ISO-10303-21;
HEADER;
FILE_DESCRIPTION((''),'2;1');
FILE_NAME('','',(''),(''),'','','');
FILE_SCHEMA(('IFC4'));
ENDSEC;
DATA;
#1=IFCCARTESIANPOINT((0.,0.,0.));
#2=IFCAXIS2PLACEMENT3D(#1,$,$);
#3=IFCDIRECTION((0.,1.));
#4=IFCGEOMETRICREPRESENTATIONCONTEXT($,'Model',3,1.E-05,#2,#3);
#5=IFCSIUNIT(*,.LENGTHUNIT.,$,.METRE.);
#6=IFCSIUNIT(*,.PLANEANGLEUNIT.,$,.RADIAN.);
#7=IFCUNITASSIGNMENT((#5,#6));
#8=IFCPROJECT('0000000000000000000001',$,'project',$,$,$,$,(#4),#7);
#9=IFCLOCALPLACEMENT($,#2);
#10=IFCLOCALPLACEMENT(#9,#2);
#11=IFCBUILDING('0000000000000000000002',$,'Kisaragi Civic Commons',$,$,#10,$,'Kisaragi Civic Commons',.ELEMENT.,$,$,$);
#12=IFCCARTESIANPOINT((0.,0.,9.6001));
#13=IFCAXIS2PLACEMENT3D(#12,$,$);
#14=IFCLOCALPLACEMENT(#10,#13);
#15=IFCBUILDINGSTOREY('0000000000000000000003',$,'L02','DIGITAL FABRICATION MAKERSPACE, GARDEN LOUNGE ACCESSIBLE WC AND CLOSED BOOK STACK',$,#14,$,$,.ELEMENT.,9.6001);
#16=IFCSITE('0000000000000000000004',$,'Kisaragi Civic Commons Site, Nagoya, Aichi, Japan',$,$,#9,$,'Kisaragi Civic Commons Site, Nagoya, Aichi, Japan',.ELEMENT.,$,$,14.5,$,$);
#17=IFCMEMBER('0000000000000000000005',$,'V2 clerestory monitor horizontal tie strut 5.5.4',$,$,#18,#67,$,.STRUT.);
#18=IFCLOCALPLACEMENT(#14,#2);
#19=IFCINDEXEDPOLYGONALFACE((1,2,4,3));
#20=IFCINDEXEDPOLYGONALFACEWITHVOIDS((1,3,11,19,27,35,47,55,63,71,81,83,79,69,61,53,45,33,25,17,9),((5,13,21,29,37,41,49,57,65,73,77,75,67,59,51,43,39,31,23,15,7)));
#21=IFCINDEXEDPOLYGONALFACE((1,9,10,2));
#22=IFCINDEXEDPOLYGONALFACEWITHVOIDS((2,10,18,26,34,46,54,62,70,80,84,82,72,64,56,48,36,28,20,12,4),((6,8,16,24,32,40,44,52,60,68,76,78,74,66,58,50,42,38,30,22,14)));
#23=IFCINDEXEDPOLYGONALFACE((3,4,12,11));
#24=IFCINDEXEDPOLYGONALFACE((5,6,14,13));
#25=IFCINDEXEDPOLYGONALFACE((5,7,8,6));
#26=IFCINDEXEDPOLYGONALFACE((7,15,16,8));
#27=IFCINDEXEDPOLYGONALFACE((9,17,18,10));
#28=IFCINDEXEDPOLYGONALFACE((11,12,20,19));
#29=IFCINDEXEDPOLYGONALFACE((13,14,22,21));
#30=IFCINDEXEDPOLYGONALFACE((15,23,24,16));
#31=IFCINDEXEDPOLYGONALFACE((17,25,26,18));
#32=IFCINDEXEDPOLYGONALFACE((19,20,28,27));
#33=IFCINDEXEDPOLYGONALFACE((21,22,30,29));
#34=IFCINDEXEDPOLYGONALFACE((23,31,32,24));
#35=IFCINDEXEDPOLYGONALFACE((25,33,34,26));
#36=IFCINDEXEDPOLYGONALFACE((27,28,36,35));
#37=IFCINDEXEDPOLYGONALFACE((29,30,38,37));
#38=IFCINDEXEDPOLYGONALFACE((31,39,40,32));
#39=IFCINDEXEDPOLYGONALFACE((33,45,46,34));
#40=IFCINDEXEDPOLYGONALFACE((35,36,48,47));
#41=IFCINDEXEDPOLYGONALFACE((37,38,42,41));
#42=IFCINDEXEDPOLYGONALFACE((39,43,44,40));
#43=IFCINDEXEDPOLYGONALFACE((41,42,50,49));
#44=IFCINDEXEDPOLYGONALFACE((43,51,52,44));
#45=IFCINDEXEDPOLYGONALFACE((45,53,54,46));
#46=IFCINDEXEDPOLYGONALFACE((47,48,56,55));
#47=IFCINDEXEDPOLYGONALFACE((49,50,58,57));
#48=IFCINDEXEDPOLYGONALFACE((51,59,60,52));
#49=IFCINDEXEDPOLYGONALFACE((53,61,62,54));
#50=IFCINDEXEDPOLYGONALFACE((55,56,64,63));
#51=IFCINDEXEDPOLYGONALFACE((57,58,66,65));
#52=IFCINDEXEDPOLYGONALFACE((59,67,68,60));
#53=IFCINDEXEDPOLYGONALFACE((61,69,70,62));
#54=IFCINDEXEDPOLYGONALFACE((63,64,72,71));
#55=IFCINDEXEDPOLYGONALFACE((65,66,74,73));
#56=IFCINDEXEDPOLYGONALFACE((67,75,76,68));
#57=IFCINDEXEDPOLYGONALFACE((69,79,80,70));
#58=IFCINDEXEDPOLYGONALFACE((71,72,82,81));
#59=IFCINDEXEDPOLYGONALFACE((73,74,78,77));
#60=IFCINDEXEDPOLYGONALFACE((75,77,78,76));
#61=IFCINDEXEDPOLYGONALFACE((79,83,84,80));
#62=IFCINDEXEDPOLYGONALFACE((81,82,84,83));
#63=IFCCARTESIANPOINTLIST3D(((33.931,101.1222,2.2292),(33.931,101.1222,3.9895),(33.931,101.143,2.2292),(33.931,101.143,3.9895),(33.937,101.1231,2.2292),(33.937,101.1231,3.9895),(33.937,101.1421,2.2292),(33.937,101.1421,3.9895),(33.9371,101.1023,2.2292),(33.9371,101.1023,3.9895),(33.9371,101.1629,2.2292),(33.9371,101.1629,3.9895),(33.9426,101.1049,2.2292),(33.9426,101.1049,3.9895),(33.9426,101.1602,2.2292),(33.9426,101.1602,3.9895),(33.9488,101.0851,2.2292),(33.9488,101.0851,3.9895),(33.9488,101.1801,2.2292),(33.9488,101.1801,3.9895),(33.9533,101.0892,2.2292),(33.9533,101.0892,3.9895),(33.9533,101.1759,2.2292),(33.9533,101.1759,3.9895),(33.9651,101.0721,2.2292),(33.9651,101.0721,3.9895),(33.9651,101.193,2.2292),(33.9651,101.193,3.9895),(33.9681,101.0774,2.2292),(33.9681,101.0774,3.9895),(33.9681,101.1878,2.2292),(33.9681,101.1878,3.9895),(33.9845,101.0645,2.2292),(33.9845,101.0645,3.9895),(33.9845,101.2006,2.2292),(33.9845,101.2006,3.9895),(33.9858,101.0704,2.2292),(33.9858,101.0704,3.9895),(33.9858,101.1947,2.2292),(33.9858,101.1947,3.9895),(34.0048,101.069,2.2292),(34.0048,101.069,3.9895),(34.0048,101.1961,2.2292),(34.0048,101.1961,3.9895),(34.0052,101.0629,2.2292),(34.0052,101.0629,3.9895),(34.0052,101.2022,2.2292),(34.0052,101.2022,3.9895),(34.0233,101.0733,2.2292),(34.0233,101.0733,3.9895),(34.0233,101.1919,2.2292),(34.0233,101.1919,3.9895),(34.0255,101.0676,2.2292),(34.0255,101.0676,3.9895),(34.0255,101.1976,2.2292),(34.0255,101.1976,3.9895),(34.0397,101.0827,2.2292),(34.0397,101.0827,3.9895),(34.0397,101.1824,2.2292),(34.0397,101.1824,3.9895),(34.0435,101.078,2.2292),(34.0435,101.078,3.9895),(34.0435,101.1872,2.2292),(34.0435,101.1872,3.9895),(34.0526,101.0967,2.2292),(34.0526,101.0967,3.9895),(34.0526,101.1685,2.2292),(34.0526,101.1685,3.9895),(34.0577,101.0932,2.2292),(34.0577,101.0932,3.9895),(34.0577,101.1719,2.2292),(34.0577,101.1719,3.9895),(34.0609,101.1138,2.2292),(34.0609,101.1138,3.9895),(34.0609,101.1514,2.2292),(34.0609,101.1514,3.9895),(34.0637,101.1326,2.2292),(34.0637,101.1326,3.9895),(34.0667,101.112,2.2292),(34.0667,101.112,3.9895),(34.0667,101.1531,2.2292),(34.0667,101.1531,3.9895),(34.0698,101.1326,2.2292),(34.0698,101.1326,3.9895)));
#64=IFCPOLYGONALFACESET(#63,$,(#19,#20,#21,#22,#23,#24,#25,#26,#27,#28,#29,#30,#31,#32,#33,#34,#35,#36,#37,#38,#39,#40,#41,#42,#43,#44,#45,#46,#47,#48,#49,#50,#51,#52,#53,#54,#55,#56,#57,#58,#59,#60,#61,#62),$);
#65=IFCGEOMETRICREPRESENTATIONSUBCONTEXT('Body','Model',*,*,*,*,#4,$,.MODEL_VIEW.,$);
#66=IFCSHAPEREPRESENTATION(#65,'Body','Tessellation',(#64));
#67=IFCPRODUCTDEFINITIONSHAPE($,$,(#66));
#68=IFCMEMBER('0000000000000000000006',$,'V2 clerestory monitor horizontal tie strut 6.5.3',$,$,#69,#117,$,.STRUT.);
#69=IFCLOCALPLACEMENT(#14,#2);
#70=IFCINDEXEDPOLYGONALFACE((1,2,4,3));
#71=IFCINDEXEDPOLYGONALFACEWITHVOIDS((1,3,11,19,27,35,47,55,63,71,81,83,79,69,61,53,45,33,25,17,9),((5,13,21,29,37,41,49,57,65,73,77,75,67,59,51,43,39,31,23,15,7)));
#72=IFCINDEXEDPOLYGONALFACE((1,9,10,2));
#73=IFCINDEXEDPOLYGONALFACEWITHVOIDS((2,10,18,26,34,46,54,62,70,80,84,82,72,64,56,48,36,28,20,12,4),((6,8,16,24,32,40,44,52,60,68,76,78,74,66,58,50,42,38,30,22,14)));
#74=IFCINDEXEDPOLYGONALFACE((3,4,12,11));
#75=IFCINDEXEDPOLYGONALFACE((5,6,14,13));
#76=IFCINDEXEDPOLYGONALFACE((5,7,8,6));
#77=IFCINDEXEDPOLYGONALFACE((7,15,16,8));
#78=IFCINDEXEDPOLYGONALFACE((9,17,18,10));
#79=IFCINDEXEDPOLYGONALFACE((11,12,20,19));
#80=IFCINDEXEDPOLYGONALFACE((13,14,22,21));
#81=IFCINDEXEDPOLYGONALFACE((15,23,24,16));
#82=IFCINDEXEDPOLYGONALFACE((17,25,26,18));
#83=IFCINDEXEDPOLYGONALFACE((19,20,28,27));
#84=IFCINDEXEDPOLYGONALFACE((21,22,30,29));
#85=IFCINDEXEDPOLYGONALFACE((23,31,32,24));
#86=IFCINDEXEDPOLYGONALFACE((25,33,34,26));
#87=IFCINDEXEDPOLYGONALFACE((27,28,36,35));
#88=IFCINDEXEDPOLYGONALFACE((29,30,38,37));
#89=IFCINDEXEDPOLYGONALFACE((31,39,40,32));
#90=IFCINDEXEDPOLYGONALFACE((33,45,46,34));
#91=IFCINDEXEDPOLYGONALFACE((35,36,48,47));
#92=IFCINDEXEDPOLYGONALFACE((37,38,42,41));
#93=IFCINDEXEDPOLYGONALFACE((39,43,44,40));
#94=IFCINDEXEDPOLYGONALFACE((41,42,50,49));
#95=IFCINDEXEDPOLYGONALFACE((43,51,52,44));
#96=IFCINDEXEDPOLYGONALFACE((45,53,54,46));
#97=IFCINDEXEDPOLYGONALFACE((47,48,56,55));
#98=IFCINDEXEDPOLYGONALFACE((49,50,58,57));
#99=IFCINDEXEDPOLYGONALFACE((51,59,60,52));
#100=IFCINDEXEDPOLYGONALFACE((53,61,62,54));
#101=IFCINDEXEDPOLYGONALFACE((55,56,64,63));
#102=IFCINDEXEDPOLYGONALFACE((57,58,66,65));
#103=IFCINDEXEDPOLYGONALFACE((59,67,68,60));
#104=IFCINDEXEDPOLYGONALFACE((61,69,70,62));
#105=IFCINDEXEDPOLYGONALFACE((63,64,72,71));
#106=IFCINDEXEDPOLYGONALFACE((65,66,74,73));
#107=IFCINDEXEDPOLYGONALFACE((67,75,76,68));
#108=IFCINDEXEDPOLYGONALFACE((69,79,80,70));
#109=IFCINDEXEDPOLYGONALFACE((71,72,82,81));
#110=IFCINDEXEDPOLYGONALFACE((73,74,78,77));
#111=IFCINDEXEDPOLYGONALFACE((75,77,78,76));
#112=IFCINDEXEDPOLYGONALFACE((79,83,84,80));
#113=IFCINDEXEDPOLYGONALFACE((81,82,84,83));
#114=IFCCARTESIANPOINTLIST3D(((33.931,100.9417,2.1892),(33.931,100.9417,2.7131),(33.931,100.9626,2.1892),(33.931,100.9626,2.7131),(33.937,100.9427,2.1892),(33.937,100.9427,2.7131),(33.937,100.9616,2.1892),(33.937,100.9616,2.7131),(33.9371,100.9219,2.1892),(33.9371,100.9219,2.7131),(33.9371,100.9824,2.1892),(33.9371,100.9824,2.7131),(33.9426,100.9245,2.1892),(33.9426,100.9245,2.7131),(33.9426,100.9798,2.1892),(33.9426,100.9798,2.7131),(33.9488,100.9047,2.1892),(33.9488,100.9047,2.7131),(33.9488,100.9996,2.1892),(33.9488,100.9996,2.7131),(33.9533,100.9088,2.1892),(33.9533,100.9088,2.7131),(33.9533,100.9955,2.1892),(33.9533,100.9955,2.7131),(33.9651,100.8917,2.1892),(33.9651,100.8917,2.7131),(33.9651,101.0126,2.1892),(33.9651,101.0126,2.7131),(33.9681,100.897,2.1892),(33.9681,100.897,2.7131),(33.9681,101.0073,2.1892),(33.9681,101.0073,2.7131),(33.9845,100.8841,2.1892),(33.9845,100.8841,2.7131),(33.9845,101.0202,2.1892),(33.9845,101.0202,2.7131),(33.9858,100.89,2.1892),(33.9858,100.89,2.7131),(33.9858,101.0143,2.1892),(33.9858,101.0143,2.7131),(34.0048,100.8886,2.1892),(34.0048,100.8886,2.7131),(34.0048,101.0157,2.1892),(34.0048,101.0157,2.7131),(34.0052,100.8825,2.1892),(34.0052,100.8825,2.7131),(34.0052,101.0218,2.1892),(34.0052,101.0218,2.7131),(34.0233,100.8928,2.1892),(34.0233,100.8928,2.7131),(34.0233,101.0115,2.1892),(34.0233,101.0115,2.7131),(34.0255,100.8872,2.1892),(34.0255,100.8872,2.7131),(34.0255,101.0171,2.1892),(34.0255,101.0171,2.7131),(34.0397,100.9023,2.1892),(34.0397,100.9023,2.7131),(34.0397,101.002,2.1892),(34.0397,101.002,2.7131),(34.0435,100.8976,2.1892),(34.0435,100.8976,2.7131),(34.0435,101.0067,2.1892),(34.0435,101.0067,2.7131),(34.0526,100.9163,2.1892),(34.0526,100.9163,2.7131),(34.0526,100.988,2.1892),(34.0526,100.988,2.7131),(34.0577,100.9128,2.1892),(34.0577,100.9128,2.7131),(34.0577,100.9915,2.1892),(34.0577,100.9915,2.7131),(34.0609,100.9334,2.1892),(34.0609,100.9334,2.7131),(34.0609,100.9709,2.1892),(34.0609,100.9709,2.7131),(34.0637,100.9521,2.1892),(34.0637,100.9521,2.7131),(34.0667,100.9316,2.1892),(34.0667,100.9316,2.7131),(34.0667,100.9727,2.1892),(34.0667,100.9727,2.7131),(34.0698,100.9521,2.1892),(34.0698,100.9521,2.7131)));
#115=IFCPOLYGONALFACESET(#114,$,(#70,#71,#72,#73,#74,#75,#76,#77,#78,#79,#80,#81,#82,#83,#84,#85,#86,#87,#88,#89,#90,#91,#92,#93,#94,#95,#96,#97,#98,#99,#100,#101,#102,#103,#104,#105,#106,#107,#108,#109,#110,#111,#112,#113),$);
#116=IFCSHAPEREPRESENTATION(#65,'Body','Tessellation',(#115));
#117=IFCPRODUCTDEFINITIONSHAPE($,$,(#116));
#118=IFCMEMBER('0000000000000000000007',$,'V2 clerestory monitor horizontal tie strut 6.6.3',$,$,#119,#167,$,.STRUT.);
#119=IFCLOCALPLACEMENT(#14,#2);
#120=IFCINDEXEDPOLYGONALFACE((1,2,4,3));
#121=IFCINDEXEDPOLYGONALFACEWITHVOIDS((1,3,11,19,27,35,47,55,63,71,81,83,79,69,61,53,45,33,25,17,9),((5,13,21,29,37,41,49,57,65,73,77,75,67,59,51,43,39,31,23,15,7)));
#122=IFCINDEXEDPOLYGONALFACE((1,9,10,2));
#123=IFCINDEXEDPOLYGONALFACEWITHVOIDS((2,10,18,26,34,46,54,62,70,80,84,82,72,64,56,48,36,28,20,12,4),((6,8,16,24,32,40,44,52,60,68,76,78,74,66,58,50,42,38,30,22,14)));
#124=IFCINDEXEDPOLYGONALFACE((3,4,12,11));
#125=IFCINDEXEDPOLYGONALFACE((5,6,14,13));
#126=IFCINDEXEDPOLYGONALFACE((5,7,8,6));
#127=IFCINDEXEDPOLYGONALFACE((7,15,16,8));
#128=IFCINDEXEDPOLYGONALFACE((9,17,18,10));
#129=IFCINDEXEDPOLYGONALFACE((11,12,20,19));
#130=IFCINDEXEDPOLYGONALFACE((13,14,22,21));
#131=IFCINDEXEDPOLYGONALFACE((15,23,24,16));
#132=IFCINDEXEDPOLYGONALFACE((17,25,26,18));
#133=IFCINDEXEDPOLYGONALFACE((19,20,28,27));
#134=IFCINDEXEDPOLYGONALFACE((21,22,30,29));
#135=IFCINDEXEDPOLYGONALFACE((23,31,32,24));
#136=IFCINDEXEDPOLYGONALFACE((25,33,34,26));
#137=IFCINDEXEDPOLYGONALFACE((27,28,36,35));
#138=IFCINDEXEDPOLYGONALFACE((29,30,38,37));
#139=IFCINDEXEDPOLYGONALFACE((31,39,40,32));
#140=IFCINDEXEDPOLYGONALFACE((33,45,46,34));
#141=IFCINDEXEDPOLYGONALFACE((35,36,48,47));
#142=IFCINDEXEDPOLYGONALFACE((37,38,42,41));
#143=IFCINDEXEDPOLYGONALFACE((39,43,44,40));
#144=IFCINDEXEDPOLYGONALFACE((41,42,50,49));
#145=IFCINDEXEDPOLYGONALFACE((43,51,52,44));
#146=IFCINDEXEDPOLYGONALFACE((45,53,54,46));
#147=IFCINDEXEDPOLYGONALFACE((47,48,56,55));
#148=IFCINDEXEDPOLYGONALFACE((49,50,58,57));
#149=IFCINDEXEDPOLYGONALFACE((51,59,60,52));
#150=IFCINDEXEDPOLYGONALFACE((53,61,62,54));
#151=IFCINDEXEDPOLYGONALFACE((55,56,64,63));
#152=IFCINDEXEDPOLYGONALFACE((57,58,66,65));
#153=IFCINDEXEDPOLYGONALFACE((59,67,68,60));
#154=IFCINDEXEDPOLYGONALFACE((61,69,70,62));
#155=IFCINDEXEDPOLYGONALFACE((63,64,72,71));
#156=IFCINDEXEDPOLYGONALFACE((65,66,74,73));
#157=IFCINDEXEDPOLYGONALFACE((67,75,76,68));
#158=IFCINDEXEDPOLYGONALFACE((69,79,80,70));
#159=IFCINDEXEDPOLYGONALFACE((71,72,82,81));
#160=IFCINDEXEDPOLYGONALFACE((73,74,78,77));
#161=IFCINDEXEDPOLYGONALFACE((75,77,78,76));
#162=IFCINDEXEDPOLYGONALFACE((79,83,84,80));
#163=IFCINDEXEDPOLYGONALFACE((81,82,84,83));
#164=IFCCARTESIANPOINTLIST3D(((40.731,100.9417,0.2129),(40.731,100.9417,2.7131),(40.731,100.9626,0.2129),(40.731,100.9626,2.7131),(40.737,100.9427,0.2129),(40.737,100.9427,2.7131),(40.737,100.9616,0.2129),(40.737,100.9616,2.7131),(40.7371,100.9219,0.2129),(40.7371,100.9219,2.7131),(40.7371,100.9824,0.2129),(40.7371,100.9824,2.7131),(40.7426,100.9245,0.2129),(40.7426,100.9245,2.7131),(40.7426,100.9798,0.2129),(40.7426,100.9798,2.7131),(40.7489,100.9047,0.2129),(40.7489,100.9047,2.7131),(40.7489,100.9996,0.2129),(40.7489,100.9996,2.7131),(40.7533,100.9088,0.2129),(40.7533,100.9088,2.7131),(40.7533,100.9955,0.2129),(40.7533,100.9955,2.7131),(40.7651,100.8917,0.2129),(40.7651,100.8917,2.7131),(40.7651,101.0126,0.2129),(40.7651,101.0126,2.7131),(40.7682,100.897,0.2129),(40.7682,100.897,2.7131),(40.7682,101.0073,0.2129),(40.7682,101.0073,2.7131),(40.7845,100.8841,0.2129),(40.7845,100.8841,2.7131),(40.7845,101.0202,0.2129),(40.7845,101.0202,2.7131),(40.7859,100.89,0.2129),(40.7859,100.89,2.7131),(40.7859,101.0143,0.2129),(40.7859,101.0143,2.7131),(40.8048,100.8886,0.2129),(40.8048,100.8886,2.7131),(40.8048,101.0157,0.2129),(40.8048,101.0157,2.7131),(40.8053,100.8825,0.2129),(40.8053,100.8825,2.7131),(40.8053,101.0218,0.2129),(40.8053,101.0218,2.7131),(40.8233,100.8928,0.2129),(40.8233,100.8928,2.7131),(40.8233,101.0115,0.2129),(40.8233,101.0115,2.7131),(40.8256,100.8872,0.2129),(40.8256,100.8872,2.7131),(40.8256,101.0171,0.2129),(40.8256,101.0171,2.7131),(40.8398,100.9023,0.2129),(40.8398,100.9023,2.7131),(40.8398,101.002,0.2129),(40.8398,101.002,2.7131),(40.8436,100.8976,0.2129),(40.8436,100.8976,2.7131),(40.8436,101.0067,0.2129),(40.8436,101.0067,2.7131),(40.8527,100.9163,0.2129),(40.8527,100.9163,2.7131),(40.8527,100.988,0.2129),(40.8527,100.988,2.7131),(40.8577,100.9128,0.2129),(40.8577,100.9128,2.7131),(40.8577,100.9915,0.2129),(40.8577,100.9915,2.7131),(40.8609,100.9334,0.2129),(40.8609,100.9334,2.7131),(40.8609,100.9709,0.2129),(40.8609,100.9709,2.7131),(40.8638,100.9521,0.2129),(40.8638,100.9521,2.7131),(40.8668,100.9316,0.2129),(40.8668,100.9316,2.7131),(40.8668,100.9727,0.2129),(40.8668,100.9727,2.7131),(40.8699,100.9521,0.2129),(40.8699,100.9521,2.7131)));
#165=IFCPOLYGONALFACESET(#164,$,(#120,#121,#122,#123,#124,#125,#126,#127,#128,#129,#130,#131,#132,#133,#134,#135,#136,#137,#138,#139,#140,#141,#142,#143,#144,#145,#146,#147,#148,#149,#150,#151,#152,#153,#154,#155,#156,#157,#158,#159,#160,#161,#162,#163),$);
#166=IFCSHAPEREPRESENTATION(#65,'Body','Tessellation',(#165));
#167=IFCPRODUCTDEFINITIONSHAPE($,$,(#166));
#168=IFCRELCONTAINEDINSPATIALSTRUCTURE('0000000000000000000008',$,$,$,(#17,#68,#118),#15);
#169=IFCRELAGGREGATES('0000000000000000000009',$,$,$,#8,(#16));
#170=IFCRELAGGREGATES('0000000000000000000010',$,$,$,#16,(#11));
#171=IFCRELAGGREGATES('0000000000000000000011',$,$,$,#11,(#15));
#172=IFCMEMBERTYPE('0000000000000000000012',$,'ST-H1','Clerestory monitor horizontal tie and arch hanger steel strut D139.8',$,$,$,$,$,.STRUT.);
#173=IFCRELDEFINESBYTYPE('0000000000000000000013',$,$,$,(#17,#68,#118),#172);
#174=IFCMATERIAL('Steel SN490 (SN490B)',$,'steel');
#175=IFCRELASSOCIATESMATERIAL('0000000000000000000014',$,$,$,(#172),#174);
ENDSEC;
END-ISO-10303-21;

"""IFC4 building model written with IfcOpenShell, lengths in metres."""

from ifc_helpers import new_model, si_unit, direction, frame, origin, origin_2d, place, context, subcontext, project, spatial, hollow_circle, extrude, material, material_profile, profile_set, type_object, element, save


model = new_model("IFC4")

# Units and contexts
model_context = context("Model", 3, precision=1e-05, world=origin(), true_north=direction((0.0, 1.0)))
body_context = subcontext(model_context, "Body", "Model", "MODEL_VIEW")
ifc_project = project(units=[si_unit("LENGTHUNIT", "METRE"), si_unit("PLANEANGLEUNIT", "RADIAN")], contexts=[model_context])

# Site, building, storey
site_placement = place(None, origin())
site = spatial("IfcSite", under=ifc_project, at=site_placement, Name="Kisaragi Civic Commons Site, Nagoya, Aichi, Japan", LongName="Kisaragi Civic Commons Site, Nagoya, Aichi, Japan", CompositionType="ELEMENT", RefElevation=14.5)
building_placement = place(site_placement, origin())
building = spatial("IfcBuilding", under=site, at=building_placement, Name="Kisaragi Civic Commons", LongName="Kisaragi Civic Commons", CompositionType="ELEMENT")
storey_placement = place(building_placement, frame((0.0, 0.0, 9.6001)))
storey = spatial("IfcBuildingStorey", under=building, at=storey_placement, Name="L02", Description="DIGITAL FABRICATION MAKERSPACE, GARDEN LOUNGE ACCESSIBLE WC AND CLOSED BOOK STACK", CompositionType="ELEMENT", Elevation=9.6001)

# Members
ifc_material_1 = material(Name="Steel SN490 (SN490B)", Category="steel")
ifc_material_profile_1 = material_profile(ifc_material_1, hollow_circle(Radius=0.0698, WallThickness=0.0061, at=origin_2d()), Name="CHS-139.8x6.0", Category="steel")
ifc_profile_set_1 = profile_set([ifc_material_profile_1], Name="Steel SN490 (SN490B)")
member_type_1 = type_object("IfcMemberType", Name="ST-H1", Description="Clerestory monitor horizontal tie and arch hanger steel strut D139.8", PredefinedType="STRUT", material=ifc_profile_set_1)
member_1_placement = place(storey_placement, frame((34.0, 101.1326, 2.2292), z_axis=(0.0, 0.0, 1.0), x_axis=(1.0, 0.0, 0.0)))
element("IfcMember", 1, at=member_1_placement, inside=storey, type_object=member_type_1, Name="V2 clerestory monitor horizontal tie strut 5.5.4", PredefinedType="STRUT", context=body_context, shape_type="SweptSolid", body=[
    extrude(hollow_circle(Radius=0.0698, WallThickness=0.0061, at=origin_2d()), origin(), (0.0, 0.0, 1.0), 1.7603),
])
member_2_placement = place(storey_placement, frame((34.0, 100.9521, 2.1892), z_axis=(0.0, 0.0, 1.0), x_axis=(1.0, 0.0, 0.0)))
element("IfcMember", 2, at=member_2_placement, inside=storey, type_object=member_type_1, Name="V2 clerestory monitor horizontal tie strut 6.5.3", PredefinedType="STRUT", context=body_context, shape_type="SweptSolid", body=[
    extrude(hollow_circle(Radius=0.0698, WallThickness=0.0061, at=origin_2d()), origin(), (0.0, 0.0, 1.0), 0.5239),
])
member_3_placement = place(storey_placement, frame((40.8, 100.9521, 0.2129), z_axis=(0.0, 0.0, 1.0), x_axis=(1.0, 0.0, 0.0)))
element("IfcMember", 3, at=member_3_placement, inside=storey, type_object=member_type_1, Name="V2 clerestory monitor horizontal tie strut 6.6.3", PredefinedType="STRUT", context=body_context, shape_type="SweptSolid", body=[
    extrude(hollow_circle(Radius=0.0698, WallThickness=0.0061, at=origin_2d()), origin(), (0.0, 0.0, 1.0), 2.5002),
])

save(model, "model.ifc")
